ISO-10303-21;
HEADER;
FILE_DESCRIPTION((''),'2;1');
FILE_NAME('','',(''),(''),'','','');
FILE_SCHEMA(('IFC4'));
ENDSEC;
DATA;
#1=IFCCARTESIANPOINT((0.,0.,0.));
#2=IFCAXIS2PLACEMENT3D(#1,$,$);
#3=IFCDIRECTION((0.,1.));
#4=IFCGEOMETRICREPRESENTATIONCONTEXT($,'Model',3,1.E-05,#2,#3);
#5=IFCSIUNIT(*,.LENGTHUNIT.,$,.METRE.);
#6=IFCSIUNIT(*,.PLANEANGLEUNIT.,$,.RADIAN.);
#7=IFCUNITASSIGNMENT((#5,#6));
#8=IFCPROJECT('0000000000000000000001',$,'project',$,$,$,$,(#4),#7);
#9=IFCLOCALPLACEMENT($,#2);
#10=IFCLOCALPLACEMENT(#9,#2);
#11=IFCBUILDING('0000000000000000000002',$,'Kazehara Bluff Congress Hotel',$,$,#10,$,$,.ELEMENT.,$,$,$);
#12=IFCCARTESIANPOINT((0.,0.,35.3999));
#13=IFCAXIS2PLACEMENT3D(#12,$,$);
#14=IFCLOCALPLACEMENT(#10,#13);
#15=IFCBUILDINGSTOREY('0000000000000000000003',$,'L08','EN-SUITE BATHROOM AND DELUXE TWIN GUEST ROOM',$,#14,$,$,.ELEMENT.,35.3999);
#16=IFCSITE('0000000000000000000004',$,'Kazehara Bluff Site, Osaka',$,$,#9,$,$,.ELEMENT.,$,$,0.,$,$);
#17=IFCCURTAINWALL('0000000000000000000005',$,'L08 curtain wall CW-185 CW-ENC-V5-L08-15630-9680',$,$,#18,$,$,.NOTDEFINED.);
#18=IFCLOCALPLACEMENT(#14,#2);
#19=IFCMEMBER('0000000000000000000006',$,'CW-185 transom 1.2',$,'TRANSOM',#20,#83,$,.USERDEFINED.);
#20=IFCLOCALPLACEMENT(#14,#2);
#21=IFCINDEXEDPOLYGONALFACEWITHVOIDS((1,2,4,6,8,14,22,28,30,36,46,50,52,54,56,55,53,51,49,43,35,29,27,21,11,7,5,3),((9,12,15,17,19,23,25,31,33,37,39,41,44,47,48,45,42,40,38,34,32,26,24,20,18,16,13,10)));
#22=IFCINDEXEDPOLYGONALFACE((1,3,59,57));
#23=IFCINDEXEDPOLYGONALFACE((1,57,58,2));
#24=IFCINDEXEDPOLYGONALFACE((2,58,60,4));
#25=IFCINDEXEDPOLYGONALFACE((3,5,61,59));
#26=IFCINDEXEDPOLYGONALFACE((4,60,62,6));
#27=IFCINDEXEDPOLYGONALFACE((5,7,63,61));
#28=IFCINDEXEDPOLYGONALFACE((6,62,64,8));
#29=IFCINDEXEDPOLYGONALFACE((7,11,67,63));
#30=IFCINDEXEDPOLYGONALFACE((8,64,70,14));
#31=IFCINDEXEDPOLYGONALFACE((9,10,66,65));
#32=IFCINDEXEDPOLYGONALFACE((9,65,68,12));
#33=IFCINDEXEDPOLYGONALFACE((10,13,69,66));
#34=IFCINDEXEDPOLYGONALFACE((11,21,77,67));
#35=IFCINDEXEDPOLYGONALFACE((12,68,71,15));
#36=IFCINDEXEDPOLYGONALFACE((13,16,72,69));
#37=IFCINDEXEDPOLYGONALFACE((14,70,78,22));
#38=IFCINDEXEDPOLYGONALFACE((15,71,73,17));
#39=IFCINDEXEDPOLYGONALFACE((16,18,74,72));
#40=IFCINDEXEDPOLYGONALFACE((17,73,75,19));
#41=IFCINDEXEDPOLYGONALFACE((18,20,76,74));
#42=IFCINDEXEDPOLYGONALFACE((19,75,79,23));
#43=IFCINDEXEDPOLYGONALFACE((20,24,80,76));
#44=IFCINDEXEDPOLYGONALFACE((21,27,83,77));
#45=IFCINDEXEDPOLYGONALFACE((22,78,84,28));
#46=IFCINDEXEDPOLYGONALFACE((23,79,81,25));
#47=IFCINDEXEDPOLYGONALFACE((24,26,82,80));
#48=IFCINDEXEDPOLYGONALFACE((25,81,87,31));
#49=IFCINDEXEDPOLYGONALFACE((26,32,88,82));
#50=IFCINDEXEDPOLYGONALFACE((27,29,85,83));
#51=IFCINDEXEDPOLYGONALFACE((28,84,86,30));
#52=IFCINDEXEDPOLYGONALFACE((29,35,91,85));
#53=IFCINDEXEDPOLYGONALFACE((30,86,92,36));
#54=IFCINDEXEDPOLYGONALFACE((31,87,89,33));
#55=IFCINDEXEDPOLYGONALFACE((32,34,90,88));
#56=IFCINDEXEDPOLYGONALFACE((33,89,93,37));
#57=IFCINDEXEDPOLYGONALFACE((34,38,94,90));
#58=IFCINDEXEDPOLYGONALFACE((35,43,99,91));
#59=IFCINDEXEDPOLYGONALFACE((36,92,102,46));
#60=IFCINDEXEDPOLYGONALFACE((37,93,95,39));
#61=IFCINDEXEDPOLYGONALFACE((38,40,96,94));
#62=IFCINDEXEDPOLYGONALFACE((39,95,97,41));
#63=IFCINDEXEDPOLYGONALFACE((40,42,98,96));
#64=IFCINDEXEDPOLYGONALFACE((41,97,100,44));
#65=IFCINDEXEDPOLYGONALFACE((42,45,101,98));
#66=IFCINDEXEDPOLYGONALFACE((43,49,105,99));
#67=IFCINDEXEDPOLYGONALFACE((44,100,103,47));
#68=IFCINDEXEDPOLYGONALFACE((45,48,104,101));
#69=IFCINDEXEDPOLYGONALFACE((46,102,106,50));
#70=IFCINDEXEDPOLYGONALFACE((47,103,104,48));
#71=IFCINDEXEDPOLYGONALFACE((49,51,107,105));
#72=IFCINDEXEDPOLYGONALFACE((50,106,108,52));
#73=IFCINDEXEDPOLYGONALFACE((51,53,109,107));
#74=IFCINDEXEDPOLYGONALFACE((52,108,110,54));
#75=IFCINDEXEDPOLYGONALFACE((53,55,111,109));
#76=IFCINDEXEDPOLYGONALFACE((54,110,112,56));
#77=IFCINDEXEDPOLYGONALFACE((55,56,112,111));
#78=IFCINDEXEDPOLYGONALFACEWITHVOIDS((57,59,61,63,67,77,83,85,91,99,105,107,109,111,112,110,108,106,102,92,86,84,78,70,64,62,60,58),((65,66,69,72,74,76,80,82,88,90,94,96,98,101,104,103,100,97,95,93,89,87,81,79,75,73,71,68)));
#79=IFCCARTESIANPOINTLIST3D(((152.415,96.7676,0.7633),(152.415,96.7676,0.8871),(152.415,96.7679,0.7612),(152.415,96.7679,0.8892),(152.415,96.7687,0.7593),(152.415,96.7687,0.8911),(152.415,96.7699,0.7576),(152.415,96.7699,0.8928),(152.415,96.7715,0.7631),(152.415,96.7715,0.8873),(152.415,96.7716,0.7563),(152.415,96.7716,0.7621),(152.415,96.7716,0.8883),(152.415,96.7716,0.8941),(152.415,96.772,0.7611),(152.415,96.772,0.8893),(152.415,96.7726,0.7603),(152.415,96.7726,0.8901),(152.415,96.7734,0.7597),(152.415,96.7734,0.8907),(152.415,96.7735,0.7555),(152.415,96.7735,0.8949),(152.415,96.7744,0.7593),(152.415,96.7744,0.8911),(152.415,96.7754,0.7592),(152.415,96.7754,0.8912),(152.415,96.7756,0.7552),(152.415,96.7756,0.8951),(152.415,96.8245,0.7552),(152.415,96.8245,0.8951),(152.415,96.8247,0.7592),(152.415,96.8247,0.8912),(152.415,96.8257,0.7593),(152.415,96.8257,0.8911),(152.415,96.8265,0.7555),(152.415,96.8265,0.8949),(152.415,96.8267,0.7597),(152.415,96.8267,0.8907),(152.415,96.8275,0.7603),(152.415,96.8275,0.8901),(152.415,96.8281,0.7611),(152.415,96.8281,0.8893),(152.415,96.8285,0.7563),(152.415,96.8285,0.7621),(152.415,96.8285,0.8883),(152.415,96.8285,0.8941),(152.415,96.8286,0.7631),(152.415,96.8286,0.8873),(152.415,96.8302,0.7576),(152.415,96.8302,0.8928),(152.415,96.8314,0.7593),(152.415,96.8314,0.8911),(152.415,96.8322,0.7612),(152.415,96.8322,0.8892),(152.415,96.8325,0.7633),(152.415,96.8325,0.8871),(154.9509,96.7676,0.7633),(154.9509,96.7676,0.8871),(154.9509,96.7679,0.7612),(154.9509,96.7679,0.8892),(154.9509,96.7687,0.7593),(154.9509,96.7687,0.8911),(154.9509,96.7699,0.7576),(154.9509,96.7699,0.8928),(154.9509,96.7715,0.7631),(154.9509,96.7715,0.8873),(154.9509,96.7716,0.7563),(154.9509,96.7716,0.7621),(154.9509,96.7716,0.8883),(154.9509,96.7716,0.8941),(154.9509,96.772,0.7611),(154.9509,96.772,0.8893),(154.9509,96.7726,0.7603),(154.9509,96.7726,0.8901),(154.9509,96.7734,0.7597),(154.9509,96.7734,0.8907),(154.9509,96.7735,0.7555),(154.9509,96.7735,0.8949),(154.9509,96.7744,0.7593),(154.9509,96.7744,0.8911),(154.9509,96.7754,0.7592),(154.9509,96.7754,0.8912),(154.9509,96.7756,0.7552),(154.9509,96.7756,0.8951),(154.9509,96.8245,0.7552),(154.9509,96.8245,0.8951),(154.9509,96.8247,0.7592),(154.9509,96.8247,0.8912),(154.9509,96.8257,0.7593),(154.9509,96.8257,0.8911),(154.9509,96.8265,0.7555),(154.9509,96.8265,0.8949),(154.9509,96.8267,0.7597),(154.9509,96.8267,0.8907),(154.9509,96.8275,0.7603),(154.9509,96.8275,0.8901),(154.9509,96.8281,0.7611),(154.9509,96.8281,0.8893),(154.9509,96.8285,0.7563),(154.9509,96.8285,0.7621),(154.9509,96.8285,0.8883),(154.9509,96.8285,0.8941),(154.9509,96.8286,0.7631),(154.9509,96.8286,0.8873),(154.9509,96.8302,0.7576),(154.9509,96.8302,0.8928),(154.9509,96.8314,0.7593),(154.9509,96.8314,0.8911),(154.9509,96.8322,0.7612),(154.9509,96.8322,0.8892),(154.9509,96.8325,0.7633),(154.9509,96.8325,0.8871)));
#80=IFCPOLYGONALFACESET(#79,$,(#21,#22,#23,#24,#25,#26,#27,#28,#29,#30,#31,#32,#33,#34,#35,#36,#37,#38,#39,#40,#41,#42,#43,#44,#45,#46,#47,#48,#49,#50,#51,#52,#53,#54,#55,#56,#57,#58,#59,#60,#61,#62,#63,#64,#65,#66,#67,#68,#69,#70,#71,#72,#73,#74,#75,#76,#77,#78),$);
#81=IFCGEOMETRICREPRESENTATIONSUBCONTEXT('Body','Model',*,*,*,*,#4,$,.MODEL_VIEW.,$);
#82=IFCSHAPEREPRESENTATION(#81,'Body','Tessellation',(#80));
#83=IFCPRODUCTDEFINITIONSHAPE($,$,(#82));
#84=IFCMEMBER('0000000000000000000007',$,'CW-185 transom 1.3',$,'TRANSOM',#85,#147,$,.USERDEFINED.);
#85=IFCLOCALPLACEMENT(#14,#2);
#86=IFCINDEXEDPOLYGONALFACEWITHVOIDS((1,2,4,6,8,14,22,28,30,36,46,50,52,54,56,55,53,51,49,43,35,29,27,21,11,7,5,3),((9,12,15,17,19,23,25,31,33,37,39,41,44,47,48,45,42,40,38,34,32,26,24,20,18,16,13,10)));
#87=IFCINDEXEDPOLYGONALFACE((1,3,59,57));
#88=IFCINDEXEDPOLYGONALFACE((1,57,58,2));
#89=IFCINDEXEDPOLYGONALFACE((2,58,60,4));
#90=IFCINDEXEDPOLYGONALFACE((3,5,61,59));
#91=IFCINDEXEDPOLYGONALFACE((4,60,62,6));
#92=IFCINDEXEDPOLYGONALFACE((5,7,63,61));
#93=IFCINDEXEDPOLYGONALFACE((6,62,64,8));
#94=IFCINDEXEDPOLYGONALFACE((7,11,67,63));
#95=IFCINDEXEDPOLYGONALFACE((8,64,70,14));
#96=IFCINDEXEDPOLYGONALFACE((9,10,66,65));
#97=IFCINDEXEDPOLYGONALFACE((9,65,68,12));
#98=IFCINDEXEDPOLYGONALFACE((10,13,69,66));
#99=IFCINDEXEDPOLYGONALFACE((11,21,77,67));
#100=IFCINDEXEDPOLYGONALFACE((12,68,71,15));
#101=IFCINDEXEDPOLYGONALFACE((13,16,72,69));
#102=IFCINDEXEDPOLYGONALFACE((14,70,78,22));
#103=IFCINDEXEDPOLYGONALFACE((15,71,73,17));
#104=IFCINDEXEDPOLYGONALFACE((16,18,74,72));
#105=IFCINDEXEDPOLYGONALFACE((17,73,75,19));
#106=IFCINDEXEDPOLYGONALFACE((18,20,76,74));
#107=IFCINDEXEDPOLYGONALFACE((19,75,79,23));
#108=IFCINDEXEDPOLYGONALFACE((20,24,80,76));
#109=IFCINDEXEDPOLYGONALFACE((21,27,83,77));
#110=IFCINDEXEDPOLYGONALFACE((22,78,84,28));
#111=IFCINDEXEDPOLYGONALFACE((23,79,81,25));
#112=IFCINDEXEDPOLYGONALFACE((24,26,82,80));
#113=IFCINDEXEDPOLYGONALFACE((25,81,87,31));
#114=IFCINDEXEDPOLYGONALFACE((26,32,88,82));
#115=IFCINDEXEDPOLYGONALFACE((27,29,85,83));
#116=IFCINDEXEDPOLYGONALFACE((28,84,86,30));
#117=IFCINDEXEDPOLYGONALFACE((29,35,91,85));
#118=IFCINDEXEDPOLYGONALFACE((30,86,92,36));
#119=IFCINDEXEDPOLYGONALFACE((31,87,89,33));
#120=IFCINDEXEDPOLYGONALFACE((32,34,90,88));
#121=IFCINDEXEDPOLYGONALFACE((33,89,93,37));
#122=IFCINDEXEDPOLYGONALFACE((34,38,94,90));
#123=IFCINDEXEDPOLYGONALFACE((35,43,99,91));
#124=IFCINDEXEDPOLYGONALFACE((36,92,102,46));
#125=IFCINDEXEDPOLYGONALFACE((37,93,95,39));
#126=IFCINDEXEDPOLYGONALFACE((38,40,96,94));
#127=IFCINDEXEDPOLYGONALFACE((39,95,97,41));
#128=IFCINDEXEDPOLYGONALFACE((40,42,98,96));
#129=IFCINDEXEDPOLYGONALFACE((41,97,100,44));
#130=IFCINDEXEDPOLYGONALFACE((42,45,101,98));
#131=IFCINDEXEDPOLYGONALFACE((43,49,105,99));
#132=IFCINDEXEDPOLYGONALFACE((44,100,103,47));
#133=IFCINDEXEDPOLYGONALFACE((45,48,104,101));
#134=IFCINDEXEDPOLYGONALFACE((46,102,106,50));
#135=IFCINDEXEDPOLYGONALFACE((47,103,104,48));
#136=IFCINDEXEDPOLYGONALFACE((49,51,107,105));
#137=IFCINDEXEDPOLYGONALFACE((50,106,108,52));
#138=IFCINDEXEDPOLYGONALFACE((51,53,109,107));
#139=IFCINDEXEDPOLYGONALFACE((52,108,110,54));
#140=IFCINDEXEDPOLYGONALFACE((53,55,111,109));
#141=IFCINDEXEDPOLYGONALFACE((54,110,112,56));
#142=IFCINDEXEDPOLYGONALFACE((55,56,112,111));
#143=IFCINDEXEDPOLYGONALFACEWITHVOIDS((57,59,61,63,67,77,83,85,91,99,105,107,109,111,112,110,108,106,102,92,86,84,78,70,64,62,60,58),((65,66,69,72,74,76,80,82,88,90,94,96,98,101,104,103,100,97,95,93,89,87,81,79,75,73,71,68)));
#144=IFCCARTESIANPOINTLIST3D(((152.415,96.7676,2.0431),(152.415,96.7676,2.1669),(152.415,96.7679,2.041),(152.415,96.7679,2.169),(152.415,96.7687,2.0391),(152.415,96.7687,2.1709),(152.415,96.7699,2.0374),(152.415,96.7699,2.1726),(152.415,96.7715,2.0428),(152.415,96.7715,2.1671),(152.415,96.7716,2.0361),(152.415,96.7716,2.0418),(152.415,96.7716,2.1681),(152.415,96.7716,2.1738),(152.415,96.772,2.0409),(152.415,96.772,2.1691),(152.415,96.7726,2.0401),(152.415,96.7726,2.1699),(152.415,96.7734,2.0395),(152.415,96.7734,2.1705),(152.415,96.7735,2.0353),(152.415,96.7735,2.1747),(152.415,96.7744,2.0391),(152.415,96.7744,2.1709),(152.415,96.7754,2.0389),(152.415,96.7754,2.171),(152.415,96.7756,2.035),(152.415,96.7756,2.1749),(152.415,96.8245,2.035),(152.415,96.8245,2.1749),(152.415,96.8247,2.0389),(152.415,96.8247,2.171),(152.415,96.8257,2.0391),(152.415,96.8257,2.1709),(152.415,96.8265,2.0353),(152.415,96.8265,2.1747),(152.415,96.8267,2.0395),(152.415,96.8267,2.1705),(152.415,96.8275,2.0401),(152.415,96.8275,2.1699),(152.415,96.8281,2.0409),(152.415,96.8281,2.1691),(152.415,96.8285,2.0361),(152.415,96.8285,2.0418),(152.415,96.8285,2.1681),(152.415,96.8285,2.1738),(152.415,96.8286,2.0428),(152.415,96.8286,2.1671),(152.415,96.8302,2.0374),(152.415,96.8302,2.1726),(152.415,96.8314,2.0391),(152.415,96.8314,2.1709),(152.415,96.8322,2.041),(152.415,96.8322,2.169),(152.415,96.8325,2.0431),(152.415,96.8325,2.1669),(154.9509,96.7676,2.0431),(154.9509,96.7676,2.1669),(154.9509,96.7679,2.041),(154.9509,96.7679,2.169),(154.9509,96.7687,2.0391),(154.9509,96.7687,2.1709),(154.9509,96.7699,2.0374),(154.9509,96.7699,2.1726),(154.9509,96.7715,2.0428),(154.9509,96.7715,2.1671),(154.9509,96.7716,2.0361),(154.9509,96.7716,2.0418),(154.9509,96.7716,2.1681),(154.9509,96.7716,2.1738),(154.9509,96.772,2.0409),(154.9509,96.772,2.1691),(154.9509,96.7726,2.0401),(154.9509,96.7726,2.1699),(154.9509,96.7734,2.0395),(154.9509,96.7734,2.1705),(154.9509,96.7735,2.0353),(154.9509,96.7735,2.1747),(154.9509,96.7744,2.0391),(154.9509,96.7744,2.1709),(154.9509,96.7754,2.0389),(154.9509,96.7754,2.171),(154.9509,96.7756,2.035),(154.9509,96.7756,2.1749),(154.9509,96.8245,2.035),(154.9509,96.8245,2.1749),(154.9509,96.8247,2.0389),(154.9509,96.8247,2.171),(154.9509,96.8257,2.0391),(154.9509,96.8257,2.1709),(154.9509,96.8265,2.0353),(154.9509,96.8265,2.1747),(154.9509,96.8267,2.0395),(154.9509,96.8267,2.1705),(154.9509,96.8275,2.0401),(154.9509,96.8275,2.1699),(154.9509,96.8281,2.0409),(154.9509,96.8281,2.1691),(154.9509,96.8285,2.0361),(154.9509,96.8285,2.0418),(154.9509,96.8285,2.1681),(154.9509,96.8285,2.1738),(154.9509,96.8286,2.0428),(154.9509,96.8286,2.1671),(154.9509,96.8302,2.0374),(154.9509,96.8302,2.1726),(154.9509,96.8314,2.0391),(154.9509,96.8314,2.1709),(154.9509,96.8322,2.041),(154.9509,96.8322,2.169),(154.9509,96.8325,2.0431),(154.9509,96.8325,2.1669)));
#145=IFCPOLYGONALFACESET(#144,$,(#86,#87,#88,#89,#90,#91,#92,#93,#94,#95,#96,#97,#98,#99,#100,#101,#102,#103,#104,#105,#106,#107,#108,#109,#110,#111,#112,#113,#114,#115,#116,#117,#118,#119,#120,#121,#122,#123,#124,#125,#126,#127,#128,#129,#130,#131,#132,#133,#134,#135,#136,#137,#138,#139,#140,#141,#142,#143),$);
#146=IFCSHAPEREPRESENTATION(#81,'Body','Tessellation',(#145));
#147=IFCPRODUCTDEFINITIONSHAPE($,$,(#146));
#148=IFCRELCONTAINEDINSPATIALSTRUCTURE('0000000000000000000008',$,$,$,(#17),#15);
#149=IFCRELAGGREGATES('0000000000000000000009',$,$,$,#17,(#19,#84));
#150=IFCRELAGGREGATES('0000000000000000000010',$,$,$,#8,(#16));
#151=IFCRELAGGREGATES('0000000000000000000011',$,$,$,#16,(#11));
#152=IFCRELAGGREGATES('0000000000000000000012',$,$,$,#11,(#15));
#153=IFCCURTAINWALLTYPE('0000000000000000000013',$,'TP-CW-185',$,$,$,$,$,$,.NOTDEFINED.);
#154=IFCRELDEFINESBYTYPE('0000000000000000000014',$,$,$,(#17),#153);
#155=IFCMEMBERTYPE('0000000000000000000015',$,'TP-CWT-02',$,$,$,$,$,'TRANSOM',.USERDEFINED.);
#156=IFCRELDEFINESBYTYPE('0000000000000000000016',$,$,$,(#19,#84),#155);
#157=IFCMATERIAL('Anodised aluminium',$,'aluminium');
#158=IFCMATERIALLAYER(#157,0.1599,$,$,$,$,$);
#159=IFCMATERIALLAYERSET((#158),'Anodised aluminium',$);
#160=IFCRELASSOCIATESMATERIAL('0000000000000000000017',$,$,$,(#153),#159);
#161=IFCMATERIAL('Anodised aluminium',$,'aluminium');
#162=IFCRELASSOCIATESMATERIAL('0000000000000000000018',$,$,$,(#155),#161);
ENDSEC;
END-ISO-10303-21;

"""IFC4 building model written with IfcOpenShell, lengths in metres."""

from ifc_helpers import new_model, si_unit, direction, frame, origin, origin_2d, place, context, subcontext, project, spatial, hollow_rectangle, extrude, material, layer, layer_set, material_profile, profile_set, type_object, element, aggregate, save


model = new_model("IFC4")

# Units and contexts
model_context = context("Model", 3, precision=1e-05, world=origin(), true_north=direction((0.0, 1.0)))
body_context = subcontext(model_context, "Body", "Model", "MODEL_VIEW")
ifc_project = project(units=[si_unit("LENGTHUNIT", "METRE"), si_unit("PLANEANGLEUNIT", "RADIAN")], contexts=[model_context])

# Site, building, storey
site_placement = place(None, origin())
site = spatial("IfcSite", under=ifc_project, at=site_placement, Name="Kazehara Bluff Site, Osaka", CompositionType="ELEMENT", RefElevation=0.0)
building_placement = place(site_placement, origin())
building = spatial("IfcBuilding", under=site, at=building_placement, Name="Kazehara Bluff Congress Hotel", CompositionType="ELEMENT")
storey_placement = place(building_placement, frame((0.0, 0.0, 35.3999)))
storey = spatial("IfcBuildingStorey", under=building, at=storey_placement, Name="L08", Description="EN-SUITE BATHROOM AND DELUXE TWIN GUEST ROOM", CompositionType="ELEMENT", Elevation=35.3999)

# Shared definitions
ifc_material_1 = material(Name="Anodised aluminium", Category="aluminium")
ifc_layer_1 = layer(ifc_material_1, 0.1599)
ifc_layer_set_1 = layer_set([ifc_layer_1], Name="Anodised aluminium")
curtain_wall_type = type_object("IfcCurtainWallType", Name="TP-CW-185", PredefinedType="NOTDEFINED", material=ifc_layer_set_1)

# Curtain wall
curtain_wall_1_placement = place(storey_placement, origin())
curtain_wall_1 = element("IfcCurtainWall", 1, at=curtain_wall_1_placement, inside=storey, type_object=curtain_wall_type, Name="L08 curtain wall CW-185 CW-ENC-V5-L08-15630-9680", PredefinedType="NOTDEFINED")

# Members
ifc_material_2 = material(Name="Anodised aluminium", Category="aluminium")
ifc_material_profile_1 = material_profile(ifc_material_2, hollow_rectangle(XDim=0.0649, YDim=0.1399, WallThickness=0.0039, InnerFilletRadius=0.0039, OuterFilletRadius=0.0081, at=origin_2d()))
ifc_profile_set_1 = profile_set([ifc_material_profile_1], Name="Anodised aluminium")
member_type_1 = type_object("IfcMemberType", Name="TP-CWT-02", ElementType="TRANSOM", PredefinedType="USERDEFINED", material=ifc_profile_set_1)
member_1_placement = place(storey_placement, frame((152.415, 96.8, 0.8252), z_axis=(1.0, 0.0, 0.0), x_axis=(0.0, 1.0, 0.0)))
member_1 = element("IfcMember", 2, at=member_1_placement, type_object=member_type_1, Name="CW-185 transom 1.2", ObjectType="TRANSOM", PredefinedType="USERDEFINED", context=body_context, shape_type="SweptSolid", body=[
    extrude(hollow_rectangle(XDim=0.0649, YDim=0.1399, WallThickness=0.0039, InnerFilletRadius=0.0039, OuterFilletRadius=0.0081, at=origin_2d()), origin(), (0.0, 0.0, 1.0), 2.5359),
])
member_2_placement = place(storey_placement, frame((152.415, 96.8, 2.105), z_axis=(1.0, 0.0, 0.0), x_axis=(0.0, 1.0, 0.0)))
member_2 = element("IfcMember", 3, at=member_2_placement, type_object=member_type_1, Name="CW-185 transom 1.3", ObjectType="TRANSOM", PredefinedType="USERDEFINED", context=body_context, shape_type="SweptSolid", body=[
    extrude(hollow_rectangle(XDim=0.0649, YDim=0.1399, WallThickness=0.0039, InnerFilletRadius=0.0039, OuterFilletRadius=0.0081, at=origin_2d()), origin(), (0.0, 0.0, 1.0), 2.5359),
])
aggregate(curtain_wall_1, [member_1, member_2])

save(model, "model.ifc")
